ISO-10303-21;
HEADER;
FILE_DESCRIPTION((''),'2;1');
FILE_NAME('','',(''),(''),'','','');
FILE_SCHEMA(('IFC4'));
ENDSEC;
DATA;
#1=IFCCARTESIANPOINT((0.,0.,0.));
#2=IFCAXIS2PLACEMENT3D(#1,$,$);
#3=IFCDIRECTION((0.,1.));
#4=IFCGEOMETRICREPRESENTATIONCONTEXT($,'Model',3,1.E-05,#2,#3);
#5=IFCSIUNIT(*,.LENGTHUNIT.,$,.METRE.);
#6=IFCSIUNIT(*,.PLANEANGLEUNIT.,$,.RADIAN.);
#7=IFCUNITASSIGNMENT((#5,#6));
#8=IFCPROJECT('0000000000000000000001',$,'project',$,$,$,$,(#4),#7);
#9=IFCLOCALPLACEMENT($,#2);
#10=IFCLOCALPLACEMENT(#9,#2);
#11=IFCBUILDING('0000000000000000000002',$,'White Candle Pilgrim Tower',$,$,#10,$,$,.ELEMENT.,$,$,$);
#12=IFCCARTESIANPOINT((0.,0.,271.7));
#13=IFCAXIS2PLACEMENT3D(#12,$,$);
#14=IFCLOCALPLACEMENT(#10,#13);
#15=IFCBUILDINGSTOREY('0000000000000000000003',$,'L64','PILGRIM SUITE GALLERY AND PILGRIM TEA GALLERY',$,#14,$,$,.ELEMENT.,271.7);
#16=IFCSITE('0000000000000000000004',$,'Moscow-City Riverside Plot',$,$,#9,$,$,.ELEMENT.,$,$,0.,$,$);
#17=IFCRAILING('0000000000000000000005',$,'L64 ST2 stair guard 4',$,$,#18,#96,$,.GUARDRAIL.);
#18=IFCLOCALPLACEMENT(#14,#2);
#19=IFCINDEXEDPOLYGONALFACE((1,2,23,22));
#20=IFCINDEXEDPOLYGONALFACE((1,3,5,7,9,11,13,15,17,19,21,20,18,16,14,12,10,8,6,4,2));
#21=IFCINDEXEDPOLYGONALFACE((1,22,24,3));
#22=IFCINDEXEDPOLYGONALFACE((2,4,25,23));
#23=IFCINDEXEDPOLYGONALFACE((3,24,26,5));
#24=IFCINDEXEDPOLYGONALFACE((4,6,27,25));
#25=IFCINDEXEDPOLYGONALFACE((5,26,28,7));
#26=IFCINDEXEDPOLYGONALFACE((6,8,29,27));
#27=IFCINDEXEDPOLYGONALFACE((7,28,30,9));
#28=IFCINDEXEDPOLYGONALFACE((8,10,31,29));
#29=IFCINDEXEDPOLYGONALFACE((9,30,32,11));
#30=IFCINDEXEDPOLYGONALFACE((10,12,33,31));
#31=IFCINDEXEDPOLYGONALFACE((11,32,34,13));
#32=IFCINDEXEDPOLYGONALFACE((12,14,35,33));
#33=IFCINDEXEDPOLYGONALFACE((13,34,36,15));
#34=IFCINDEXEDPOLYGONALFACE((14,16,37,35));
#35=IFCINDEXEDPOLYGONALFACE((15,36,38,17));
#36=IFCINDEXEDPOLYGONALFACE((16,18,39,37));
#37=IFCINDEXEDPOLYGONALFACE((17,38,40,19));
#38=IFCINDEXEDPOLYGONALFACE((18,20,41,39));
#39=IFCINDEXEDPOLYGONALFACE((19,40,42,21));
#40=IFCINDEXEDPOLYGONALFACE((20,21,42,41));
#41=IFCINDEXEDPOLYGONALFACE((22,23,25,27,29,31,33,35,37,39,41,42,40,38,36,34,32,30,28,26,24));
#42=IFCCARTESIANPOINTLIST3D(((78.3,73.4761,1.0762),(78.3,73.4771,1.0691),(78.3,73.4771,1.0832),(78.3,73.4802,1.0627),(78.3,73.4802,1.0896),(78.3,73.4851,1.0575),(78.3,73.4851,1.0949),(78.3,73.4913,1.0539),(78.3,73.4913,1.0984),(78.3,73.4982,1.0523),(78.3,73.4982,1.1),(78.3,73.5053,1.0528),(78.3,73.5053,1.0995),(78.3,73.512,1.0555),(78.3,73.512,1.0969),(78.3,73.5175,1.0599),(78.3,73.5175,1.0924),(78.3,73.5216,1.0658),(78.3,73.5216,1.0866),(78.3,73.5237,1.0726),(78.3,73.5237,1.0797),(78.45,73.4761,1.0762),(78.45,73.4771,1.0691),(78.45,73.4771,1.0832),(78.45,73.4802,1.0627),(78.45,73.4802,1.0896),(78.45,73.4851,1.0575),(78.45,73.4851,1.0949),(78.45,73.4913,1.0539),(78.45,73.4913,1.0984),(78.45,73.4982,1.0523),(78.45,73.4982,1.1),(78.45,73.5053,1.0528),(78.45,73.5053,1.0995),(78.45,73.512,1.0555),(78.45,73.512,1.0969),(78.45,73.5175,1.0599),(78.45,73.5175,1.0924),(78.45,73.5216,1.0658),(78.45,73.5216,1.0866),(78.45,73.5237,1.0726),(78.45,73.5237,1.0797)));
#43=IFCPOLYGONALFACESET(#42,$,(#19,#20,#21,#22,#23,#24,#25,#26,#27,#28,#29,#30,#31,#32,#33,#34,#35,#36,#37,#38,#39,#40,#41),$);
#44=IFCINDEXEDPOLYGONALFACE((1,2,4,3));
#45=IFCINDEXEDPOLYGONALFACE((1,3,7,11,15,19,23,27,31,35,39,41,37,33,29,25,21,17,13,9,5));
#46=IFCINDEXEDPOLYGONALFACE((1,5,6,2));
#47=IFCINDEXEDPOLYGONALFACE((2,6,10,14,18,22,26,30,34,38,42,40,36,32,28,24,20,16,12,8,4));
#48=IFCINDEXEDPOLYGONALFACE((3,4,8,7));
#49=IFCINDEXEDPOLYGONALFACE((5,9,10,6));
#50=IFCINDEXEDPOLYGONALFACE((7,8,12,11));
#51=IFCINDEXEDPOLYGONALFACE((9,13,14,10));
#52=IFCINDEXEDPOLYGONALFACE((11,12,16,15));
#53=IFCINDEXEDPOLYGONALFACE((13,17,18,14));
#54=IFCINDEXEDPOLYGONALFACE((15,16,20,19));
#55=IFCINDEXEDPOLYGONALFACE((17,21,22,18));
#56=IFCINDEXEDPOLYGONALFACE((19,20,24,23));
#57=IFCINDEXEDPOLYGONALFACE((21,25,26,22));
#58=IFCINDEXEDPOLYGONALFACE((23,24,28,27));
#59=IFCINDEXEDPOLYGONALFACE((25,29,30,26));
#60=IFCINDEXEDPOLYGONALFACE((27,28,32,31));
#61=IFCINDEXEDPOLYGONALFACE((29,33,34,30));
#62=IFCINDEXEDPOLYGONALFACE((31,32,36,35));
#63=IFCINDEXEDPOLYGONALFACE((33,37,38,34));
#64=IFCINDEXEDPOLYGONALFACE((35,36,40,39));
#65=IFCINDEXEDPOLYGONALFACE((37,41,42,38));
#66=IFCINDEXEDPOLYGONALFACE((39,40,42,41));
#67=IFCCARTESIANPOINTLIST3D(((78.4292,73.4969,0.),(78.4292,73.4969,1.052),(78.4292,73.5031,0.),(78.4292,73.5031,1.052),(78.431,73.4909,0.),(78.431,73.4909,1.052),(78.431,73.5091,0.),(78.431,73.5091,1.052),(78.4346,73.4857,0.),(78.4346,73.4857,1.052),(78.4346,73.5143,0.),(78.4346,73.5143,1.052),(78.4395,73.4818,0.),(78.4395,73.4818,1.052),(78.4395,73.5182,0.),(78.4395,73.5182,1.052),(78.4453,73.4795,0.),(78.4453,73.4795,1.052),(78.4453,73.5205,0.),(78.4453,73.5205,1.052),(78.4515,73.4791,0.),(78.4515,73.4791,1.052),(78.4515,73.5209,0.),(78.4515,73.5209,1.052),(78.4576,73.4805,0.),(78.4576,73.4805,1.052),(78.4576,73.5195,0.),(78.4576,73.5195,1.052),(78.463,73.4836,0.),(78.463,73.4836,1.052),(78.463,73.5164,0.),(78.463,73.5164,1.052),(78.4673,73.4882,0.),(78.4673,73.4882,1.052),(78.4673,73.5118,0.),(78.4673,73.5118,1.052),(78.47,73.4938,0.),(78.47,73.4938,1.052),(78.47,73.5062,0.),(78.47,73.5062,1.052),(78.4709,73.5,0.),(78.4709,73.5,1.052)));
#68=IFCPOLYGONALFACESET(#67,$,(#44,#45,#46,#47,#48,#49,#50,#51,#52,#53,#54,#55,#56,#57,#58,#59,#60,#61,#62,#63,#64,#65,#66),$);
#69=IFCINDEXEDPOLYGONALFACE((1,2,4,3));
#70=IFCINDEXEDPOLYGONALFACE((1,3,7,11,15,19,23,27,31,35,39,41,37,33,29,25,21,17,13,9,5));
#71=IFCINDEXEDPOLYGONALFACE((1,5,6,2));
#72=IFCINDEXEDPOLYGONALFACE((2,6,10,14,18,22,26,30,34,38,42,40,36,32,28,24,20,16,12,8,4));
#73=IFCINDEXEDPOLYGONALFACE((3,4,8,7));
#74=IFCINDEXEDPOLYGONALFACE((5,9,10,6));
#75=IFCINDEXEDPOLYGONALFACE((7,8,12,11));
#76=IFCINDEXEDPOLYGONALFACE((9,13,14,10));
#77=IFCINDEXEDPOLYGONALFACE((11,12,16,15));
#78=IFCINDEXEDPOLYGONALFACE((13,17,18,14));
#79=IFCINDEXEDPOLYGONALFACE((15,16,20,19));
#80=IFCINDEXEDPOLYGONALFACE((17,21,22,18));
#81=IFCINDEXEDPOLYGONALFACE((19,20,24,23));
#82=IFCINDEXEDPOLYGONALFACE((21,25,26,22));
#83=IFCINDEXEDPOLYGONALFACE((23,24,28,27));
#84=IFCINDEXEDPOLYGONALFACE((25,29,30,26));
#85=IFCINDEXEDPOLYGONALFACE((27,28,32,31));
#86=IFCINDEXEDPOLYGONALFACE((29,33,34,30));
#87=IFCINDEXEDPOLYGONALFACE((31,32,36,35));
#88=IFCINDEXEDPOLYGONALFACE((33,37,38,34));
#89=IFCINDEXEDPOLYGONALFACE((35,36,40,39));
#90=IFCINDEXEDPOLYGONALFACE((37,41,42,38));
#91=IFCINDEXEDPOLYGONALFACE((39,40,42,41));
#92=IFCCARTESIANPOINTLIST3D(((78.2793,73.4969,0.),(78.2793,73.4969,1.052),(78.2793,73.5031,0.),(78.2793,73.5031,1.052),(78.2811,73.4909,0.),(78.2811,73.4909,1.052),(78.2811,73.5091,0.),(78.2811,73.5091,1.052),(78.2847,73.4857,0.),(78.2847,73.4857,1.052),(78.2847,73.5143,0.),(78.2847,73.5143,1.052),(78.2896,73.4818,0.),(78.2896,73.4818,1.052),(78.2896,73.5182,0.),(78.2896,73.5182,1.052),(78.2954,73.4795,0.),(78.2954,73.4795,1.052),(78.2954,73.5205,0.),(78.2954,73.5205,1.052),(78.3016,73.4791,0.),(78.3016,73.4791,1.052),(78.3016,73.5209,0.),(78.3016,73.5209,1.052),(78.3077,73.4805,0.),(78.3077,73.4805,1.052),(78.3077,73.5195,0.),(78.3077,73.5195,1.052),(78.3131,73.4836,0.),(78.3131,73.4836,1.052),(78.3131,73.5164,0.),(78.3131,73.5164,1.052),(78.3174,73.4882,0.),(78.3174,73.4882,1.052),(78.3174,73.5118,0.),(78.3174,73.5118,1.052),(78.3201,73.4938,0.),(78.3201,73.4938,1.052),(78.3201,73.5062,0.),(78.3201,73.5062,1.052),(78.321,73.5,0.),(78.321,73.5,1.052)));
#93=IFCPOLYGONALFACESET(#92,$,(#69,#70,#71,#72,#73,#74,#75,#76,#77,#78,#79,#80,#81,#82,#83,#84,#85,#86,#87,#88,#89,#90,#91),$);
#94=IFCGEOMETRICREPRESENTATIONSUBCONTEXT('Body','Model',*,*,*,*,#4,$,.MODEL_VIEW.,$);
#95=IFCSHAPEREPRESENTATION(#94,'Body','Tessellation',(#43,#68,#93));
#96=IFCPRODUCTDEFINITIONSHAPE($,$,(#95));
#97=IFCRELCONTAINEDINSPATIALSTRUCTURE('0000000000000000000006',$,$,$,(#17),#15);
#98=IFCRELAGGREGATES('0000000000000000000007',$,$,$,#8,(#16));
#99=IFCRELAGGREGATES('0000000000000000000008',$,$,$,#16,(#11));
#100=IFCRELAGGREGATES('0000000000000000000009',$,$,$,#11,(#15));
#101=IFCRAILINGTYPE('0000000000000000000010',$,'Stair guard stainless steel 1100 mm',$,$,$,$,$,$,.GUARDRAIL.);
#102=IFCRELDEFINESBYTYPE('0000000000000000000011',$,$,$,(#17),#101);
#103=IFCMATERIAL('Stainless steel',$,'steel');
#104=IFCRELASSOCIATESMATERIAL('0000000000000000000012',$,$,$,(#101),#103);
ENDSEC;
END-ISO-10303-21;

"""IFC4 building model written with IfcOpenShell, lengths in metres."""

from ifc_helpers import new_model, si_unit, direction, frame, origin, origin_2d, place, context, subcontext, project, spatial, circle, extrude, material, type_object, element, save


model = new_model("IFC4")

# Units and contexts
model_context = context("Model", 3, precision=1e-05, world=origin(), true_north=direction((0.0, 1.0)))
body_context = subcontext(model_context, "Body", "Model", "MODEL_VIEW")
ifc_project = project(units=[si_unit("LENGTHUNIT", "METRE"), si_unit("PLANEANGLEUNIT", "RADIAN")], contexts=[model_context])

# Site, building, storey
site_placement = place(None, origin())
site = spatial("IfcSite", under=ifc_project, at=site_placement, Name="Moscow-City Riverside Plot", CompositionType="ELEMENT", RefElevation=0.0)
building_placement = place(site_placement, origin())
building = spatial("IfcBuilding", under=site, at=building_placement, Name="White Candle Pilgrim Tower", CompositionType="ELEMENT")
storey_placement = place(building_placement, frame((0.0, 0.0, 271.7)))
storey = spatial("IfcBuildingStorey", under=building, at=storey_placement, Name="L64", Description="PILGRIM SUITE GALLERY AND PILGRIM TEA GALLERY", CompositionType="ELEMENT", Elevation=271.7)

# Railing
ifc_material_1 = material(Name="Stainless steel", Category="steel")
railing_type_1 = type_object("IfcRailingType", Name="Stair guard stainless steel 1100 mm", PredefinedType="GUARDRAIL", material=ifc_material_1)
railing_1_placement = place(storey_placement, frame((78.45, 73.5, 0.0)))
element("IfcRailing", 1, at=railing_1_placement, inside=storey, type_object=railing_type_1, Name="L64 ST2 stair guard 4", PredefinedType="GUARDRAIL", context=body_context, shape_type="SweptSolid", body=[
    extrude(circle(Radius=0.0239, at=origin_2d()), frame((0.0, 0.0, 1.0762), z_axis=(-1.0, 0.0, 0.0), x_axis=(0.0, -1.0, 0.0)), (0.0, 0.0, 1.0), 0.1499),
    extrude(circle(Radius=0.021, at=origin_2d()), origin(), (0.0, 0.0, 1.0), 1.052),
    extrude(circle(Radius=0.021, at=origin_2d()), frame((-0.1499, 0.0, 0.0)), (0.0, 0.0, 1.0), 1.052),
])

save(model, "model.ifc")
